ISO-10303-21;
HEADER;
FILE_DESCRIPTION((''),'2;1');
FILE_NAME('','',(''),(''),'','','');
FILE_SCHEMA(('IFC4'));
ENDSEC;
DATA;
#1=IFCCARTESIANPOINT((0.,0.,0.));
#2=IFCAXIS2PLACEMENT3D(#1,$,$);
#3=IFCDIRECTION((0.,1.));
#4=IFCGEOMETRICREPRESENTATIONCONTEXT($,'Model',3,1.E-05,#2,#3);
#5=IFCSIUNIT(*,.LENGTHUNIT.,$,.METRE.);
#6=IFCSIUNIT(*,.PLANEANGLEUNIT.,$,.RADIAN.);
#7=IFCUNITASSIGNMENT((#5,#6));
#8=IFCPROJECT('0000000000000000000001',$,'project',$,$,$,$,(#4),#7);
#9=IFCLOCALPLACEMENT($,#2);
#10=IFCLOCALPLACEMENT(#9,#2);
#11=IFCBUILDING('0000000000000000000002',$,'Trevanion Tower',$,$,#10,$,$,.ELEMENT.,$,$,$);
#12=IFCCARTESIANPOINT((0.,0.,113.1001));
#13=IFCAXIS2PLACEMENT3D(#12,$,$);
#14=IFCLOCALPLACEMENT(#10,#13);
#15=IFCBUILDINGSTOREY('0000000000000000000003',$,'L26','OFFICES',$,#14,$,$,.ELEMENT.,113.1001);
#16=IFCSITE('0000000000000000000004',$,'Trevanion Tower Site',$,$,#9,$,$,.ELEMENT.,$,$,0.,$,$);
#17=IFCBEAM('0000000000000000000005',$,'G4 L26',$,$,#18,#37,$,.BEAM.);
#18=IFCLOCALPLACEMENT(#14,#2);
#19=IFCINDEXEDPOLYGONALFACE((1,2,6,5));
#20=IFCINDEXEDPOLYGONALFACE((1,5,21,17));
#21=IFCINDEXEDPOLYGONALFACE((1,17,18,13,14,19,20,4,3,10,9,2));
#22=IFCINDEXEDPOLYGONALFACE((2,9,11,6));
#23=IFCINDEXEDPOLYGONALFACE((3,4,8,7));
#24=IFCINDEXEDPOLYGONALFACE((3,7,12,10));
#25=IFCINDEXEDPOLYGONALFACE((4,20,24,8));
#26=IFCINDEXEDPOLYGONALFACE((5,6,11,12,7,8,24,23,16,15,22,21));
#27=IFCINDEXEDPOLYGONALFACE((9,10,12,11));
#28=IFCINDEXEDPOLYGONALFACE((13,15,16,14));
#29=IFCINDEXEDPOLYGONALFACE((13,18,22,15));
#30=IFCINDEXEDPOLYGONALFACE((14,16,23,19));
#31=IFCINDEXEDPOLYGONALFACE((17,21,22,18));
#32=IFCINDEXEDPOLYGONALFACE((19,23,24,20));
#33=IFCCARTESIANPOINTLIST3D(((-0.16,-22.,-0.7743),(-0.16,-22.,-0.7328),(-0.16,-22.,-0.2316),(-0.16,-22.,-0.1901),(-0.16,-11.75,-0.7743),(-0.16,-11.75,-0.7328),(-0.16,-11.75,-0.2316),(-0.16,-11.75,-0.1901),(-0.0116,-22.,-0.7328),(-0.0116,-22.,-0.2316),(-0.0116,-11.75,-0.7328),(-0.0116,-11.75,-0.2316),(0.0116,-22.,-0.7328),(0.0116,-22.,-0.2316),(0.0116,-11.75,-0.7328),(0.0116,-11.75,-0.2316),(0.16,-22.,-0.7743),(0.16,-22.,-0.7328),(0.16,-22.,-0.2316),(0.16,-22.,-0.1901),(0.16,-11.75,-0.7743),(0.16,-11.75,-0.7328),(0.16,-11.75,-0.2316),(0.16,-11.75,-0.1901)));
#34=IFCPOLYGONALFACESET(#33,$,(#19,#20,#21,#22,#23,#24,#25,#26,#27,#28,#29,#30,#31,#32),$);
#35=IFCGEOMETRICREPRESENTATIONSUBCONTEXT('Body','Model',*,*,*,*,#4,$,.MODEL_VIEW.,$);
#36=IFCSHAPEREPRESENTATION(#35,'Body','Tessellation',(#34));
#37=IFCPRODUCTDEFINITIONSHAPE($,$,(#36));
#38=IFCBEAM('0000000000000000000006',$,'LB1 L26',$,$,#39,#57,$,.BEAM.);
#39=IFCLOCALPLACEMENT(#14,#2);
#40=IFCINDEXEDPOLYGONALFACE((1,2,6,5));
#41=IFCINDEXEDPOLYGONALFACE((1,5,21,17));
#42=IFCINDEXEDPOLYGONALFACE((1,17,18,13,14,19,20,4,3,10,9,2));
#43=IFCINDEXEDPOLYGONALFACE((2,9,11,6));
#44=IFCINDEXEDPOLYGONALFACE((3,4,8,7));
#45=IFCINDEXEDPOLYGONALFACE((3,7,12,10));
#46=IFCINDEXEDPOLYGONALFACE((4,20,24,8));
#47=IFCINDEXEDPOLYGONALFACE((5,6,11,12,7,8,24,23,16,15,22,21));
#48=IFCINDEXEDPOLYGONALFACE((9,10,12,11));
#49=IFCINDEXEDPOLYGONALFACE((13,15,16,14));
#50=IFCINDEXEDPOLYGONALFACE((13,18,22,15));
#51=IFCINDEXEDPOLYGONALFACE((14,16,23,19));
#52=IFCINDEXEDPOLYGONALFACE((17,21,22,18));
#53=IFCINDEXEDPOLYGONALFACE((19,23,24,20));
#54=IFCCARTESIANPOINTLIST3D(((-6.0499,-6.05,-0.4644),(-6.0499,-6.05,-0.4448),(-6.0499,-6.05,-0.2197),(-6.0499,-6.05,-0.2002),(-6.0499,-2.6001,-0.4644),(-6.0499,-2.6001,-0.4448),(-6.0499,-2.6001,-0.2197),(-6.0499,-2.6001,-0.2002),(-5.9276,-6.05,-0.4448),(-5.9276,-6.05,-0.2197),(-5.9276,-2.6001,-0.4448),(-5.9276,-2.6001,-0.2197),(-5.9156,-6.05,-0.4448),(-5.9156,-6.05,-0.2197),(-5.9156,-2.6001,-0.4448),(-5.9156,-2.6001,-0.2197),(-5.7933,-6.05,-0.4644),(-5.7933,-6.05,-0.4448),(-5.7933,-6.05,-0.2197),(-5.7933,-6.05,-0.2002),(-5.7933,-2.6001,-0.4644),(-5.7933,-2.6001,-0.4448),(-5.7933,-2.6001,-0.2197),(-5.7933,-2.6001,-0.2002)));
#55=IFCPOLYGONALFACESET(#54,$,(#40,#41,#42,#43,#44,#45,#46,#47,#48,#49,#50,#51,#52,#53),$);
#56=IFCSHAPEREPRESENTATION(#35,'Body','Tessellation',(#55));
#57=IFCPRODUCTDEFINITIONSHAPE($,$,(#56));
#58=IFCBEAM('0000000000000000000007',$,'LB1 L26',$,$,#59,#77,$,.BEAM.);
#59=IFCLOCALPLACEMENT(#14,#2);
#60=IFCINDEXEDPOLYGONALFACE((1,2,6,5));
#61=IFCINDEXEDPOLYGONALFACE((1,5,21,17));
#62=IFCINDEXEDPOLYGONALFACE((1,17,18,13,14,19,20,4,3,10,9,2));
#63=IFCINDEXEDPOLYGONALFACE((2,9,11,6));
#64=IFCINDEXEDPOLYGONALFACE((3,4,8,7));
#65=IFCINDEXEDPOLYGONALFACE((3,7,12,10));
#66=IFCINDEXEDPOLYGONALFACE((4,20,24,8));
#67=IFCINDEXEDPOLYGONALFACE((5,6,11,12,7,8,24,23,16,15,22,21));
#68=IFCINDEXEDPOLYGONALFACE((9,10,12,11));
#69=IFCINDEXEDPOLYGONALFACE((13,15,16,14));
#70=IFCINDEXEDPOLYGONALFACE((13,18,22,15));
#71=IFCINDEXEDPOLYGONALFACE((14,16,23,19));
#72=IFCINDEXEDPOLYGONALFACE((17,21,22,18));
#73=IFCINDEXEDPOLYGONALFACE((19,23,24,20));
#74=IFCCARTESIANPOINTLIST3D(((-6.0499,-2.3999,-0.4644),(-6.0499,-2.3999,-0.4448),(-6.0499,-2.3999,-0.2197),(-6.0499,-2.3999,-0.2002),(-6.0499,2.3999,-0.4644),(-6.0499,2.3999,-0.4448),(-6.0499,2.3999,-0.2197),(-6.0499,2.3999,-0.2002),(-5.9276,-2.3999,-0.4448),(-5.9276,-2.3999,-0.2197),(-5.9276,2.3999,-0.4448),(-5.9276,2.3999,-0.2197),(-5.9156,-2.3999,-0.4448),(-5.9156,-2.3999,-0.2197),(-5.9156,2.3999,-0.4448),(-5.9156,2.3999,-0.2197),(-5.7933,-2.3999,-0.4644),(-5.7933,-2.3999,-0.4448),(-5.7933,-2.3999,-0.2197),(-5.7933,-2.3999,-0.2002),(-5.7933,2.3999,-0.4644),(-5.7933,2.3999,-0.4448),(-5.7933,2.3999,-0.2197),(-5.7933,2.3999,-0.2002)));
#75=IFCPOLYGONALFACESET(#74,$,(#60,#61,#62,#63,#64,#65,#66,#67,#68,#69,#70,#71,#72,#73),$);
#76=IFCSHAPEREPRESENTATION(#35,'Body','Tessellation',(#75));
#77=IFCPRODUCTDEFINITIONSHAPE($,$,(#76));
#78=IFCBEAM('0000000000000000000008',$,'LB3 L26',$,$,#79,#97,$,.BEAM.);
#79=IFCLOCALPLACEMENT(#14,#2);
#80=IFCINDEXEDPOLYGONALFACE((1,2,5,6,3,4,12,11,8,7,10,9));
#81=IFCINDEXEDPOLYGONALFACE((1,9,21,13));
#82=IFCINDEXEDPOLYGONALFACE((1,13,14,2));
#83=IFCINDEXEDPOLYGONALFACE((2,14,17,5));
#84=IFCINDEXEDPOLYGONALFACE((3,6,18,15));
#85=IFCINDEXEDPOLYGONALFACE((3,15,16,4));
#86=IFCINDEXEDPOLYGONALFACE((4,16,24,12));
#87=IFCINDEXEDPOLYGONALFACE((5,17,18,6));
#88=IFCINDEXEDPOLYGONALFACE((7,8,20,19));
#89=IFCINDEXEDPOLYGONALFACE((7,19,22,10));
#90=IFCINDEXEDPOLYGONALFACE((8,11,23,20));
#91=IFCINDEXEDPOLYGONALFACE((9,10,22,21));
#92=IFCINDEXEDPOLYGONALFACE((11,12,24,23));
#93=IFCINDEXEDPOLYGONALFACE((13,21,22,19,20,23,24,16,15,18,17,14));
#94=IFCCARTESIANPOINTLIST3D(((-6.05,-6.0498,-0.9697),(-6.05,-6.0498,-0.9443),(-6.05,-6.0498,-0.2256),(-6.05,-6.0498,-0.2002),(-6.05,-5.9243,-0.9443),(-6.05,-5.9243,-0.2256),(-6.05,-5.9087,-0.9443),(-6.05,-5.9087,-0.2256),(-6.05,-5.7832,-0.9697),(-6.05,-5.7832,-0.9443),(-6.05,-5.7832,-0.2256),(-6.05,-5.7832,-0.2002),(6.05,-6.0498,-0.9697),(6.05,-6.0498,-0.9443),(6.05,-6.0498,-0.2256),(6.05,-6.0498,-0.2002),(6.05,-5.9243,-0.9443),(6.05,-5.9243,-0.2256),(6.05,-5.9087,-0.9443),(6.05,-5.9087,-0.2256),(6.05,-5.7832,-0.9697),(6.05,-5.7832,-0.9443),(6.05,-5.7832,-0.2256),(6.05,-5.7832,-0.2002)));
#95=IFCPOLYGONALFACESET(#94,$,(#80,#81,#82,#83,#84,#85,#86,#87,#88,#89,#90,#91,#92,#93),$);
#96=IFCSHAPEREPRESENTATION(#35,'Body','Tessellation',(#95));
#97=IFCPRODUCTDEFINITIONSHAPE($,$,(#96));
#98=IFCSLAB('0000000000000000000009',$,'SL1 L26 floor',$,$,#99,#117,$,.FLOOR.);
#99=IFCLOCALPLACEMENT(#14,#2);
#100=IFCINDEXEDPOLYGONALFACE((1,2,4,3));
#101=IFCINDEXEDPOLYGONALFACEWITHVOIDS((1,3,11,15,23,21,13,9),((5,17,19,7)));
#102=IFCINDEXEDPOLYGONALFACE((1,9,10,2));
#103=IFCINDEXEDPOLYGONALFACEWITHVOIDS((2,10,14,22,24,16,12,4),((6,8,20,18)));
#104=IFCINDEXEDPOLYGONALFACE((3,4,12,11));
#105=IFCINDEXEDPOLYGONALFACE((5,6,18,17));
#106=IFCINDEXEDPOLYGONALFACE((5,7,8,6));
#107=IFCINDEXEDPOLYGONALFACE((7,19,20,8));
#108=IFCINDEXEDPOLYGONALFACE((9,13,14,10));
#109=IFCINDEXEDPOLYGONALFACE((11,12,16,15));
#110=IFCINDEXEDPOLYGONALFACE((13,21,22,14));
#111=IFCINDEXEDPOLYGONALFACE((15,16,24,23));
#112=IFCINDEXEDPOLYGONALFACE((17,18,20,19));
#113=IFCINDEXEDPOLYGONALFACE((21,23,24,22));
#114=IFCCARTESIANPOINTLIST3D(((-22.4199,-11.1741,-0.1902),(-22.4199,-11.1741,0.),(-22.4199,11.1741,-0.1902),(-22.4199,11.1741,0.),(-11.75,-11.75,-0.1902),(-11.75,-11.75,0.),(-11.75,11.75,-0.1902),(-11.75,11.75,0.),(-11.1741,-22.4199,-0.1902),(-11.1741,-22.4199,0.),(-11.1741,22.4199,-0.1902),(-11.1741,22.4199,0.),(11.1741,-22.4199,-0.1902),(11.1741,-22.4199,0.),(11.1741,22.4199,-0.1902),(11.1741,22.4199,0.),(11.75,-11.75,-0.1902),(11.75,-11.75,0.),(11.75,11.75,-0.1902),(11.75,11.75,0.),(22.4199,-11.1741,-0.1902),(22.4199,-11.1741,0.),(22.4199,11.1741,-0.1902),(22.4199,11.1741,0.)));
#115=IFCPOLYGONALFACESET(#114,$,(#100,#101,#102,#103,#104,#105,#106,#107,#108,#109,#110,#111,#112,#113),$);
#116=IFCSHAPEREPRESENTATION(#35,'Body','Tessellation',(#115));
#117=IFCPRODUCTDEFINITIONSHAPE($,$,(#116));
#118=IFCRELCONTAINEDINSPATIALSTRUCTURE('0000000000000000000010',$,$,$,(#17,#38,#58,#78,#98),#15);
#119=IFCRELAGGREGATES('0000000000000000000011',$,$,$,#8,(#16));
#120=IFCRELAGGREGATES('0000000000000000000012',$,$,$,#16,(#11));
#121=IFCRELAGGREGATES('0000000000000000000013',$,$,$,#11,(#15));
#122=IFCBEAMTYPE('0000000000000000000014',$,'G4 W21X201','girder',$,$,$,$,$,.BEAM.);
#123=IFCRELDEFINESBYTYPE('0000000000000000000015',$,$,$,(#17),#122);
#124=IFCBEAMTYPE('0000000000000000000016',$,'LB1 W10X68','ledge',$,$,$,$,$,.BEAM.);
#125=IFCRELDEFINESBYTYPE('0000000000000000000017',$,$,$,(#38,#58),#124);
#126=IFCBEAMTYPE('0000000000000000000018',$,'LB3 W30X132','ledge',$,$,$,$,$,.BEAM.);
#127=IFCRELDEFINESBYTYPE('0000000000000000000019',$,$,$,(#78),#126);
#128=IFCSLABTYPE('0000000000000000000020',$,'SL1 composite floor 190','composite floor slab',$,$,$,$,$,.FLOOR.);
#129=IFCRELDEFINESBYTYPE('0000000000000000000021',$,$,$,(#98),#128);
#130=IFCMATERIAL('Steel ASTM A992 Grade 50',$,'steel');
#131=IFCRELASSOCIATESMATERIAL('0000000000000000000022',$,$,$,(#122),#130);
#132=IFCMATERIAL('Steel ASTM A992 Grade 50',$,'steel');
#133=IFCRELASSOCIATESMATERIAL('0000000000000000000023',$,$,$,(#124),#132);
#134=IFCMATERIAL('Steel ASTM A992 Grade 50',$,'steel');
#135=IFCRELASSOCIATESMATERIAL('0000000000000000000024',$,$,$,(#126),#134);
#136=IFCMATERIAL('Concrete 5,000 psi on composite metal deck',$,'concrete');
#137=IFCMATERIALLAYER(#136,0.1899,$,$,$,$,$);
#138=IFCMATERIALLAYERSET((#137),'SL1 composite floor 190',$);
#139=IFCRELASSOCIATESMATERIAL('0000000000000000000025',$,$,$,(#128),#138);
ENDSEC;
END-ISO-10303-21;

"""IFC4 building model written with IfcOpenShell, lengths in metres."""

from ifc_helpers import new_model, si_unit, direction, frame, origin, origin_2d, place, context, subcontext, project, spatial, polyline, i_section, outline, extrude, material, layer, layer_set, material_profile, profile_set, type_object, element, save


model = new_model("IFC4")

# Units and contexts
model_context = context("Model", 3, precision=1e-05, world=origin(), true_north=direction((0.0, 1.0)))
body_context = subcontext(model_context, "Body", "Model", "MODEL_VIEW")
ifc_project = project(units=[si_unit("LENGTHUNIT", "METRE"), si_unit("PLANEANGLEUNIT", "RADIAN")], contexts=[model_context])

# Site, building, storey
site_placement = place(None, origin())
site = spatial("IfcSite", under=ifc_project, at=site_placement, Name="Trevanion Tower Site", CompositionType="ELEMENT", RefElevation=0.0)
building_placement = place(site_placement, origin())
building = spatial("IfcBuilding", under=site, at=building_placement, Name="Trevanion Tower", CompositionType="ELEMENT")
storey_placement = place(building_placement, frame((0.0, 0.0, 113.1001)))
storey = spatial("IfcBuildingStorey", under=building, at=storey_placement, Name="L26", Description="OFFICES", CompositionType="ELEMENT", Elevation=113.1001)

# Beams
ifc_material_1 = material(Name="Steel ASTM A992 Grade 50", Category="steel")
ifc_material_profile_1 = material_profile(ifc_material_1, i_section(OverallWidth=0.3201, OverallDepth=0.5842, WebThickness=0.0232, FlangeThickness=0.0415, at=origin_2d()), Name="W21X201")
ifc_profile_set_1 = profile_set([ifc_material_profile_1], Name="Steel ASTM A992 Grade 50")
beam_type_1 = type_object("IfcBeamType", Name="G4 W21X201", Description="girder", PredefinedType="BEAM", material=ifc_profile_set_1)
beam_1_placement = place(storey_placement, frame((0.0, -11.75, -0.4822), z_axis=(0.0, -1.0, 0.0), x_axis=(1.0, 0.0, 0.0)))
element("IfcBeam", 1, at=beam_1_placement, inside=storey, type_object=beam_type_1, Name="G4 L26", PredefinedType="BEAM", context=body_context, shape_type="SweptSolid", body=[
    extrude(i_section(OverallWidth=0.3201, OverallDepth=0.5842, WebThickness=0.0232, FlangeThickness=0.0415, at=origin_2d()), origin(), (0.0, 0.0, 1.0), 10.25),
])
ifc_material_2 = material(Name="Steel ASTM A992 Grade 50", Category="steel")
ifc_material_profile_2 = material_profile(ifc_material_2, i_section(OverallWidth=0.2566, OverallDepth=0.2642, WebThickness=0.012, FlangeThickness=0.0195, at=origin_2d()), Name="W10X68")
ifc_profile_set_2 = profile_set([ifc_material_profile_2], Name="Steel ASTM A992 Grade 50")
beam_type_2 = type_object("IfcBeamType", Name="LB1 W10X68", Description="ledge", PredefinedType="BEAM", material=ifc_profile_set_2)
beam_2_placement = place(storey_placement, frame((-5.9216, -6.05, -0.3323), z_axis=(0.0, 1.0, 0.0), x_axis=(-1.0, 0.0, 0.0)))
element("IfcBeam", 2, at=beam_2_placement, inside=storey, type_object=beam_type_2, Name="LB1 L26", PredefinedType="BEAM", context=body_context, shape_type="SweptSolid", body=[
    extrude(i_section(OverallWidth=0.2566, OverallDepth=0.2642, WebThickness=0.012, FlangeThickness=0.0195, at=origin_2d()), origin(), (0.0, 0.0, 1.0), 3.45),
])
beam_3_placement = place(storey_placement, frame((-5.9216, -2.3999, -0.3323), z_axis=(0.0, 1.0, 0.0), x_axis=(-1.0, 0.0, 0.0)))
element("IfcBeam", 3, at=beam_3_placement, inside=storey, type_object=beam_type_2, Name="LB1 L26", PredefinedType="BEAM", context=body_context, shape_type="SweptSolid", body=[
    extrude(i_section(OverallWidth=0.2566, OverallDepth=0.2642, WebThickness=0.012, FlangeThickness=0.0195, at=origin_2d()), origin(), (0.0, 0.0, 1.0), 4.7998),
])
ifc_material_3 = material(Name="Steel ASTM A992 Grade 50", Category="steel")
ifc_material_profile_3 = material_profile(ifc_material_3, i_section(OverallWidth=0.2666, OverallDepth=0.7695, WebThickness=0.0156, FlangeThickness=0.0254, at=origin_2d()), Name="W30X132")
ifc_profile_set_3 = profile_set([ifc_material_profile_3], Name="Steel ASTM A992 Grade 50")
beam_type_3 = type_object("IfcBeamType", Name="LB3 W30X132", Description="ledge", PredefinedType="BEAM", material=ifc_profile_set_3)
beam_4_placement = place(storey_placement, frame((-6.05, -5.9165, -0.585), z_axis=(1.0, 0.0, 0.0), x_axis=(0.0, 1.0, 0.0)))
element("IfcBeam", 4, at=beam_4_placement, inside=storey, type_object=beam_type_3, Name="LB3 L26", PredefinedType="BEAM", context=body_context, shape_type="SweptSolid", body=[
    extrude(i_section(OverallWidth=0.2666, OverallDepth=0.7695, WebThickness=0.0156, FlangeThickness=0.0254, at=origin_2d()), origin(), (0.0, 0.0, 1.0), 12.1001),
])

# Slab
ifc_material_4 = material(Name="Concrete 5,000 psi on composite metal deck", Category="concrete")
ifc_layer_1 = layer(ifc_material_4, 0.1899)
ifc_layer_set_1 = layer_set([ifc_layer_1], Name="SL1 composite floor 190")
slab_type = type_object("IfcSlabType", Name="SL1 composite floor 190", Description="composite floor slab", PredefinedType="FLOOR", material=ifc_layer_set_1)
slab_placement = place(storey_placement, frame((0.0, 0.0, -0.1902)))
element("IfcSlab", 5, at=slab_placement, inside=storey, type_object=slab_type, Name="SL1 L26 floor", PredefinedType="FLOOR", context=body_context, shape_type="SweptSolid", body=[
    extrude(outline(polyline([(22.4199, -11.1741), (22.4199, 11.1741), (11.1741, 22.4199), (-11.1741, 22.4199), (-22.4199, 11.1741), (-22.4199, -11.1741), (-11.1741, -22.4199), (11.1741, -22.4199), (22.4199, -11.1741)]), holes=[polyline([(11.75, -11.75), (11.75, 11.75), (-11.75, 11.75), (-11.75, -11.75), (11.75, -11.75)])]), origin(), (0.0, 0.0, 1.0), 0.1902),
])

save(model, "model.ifc")
